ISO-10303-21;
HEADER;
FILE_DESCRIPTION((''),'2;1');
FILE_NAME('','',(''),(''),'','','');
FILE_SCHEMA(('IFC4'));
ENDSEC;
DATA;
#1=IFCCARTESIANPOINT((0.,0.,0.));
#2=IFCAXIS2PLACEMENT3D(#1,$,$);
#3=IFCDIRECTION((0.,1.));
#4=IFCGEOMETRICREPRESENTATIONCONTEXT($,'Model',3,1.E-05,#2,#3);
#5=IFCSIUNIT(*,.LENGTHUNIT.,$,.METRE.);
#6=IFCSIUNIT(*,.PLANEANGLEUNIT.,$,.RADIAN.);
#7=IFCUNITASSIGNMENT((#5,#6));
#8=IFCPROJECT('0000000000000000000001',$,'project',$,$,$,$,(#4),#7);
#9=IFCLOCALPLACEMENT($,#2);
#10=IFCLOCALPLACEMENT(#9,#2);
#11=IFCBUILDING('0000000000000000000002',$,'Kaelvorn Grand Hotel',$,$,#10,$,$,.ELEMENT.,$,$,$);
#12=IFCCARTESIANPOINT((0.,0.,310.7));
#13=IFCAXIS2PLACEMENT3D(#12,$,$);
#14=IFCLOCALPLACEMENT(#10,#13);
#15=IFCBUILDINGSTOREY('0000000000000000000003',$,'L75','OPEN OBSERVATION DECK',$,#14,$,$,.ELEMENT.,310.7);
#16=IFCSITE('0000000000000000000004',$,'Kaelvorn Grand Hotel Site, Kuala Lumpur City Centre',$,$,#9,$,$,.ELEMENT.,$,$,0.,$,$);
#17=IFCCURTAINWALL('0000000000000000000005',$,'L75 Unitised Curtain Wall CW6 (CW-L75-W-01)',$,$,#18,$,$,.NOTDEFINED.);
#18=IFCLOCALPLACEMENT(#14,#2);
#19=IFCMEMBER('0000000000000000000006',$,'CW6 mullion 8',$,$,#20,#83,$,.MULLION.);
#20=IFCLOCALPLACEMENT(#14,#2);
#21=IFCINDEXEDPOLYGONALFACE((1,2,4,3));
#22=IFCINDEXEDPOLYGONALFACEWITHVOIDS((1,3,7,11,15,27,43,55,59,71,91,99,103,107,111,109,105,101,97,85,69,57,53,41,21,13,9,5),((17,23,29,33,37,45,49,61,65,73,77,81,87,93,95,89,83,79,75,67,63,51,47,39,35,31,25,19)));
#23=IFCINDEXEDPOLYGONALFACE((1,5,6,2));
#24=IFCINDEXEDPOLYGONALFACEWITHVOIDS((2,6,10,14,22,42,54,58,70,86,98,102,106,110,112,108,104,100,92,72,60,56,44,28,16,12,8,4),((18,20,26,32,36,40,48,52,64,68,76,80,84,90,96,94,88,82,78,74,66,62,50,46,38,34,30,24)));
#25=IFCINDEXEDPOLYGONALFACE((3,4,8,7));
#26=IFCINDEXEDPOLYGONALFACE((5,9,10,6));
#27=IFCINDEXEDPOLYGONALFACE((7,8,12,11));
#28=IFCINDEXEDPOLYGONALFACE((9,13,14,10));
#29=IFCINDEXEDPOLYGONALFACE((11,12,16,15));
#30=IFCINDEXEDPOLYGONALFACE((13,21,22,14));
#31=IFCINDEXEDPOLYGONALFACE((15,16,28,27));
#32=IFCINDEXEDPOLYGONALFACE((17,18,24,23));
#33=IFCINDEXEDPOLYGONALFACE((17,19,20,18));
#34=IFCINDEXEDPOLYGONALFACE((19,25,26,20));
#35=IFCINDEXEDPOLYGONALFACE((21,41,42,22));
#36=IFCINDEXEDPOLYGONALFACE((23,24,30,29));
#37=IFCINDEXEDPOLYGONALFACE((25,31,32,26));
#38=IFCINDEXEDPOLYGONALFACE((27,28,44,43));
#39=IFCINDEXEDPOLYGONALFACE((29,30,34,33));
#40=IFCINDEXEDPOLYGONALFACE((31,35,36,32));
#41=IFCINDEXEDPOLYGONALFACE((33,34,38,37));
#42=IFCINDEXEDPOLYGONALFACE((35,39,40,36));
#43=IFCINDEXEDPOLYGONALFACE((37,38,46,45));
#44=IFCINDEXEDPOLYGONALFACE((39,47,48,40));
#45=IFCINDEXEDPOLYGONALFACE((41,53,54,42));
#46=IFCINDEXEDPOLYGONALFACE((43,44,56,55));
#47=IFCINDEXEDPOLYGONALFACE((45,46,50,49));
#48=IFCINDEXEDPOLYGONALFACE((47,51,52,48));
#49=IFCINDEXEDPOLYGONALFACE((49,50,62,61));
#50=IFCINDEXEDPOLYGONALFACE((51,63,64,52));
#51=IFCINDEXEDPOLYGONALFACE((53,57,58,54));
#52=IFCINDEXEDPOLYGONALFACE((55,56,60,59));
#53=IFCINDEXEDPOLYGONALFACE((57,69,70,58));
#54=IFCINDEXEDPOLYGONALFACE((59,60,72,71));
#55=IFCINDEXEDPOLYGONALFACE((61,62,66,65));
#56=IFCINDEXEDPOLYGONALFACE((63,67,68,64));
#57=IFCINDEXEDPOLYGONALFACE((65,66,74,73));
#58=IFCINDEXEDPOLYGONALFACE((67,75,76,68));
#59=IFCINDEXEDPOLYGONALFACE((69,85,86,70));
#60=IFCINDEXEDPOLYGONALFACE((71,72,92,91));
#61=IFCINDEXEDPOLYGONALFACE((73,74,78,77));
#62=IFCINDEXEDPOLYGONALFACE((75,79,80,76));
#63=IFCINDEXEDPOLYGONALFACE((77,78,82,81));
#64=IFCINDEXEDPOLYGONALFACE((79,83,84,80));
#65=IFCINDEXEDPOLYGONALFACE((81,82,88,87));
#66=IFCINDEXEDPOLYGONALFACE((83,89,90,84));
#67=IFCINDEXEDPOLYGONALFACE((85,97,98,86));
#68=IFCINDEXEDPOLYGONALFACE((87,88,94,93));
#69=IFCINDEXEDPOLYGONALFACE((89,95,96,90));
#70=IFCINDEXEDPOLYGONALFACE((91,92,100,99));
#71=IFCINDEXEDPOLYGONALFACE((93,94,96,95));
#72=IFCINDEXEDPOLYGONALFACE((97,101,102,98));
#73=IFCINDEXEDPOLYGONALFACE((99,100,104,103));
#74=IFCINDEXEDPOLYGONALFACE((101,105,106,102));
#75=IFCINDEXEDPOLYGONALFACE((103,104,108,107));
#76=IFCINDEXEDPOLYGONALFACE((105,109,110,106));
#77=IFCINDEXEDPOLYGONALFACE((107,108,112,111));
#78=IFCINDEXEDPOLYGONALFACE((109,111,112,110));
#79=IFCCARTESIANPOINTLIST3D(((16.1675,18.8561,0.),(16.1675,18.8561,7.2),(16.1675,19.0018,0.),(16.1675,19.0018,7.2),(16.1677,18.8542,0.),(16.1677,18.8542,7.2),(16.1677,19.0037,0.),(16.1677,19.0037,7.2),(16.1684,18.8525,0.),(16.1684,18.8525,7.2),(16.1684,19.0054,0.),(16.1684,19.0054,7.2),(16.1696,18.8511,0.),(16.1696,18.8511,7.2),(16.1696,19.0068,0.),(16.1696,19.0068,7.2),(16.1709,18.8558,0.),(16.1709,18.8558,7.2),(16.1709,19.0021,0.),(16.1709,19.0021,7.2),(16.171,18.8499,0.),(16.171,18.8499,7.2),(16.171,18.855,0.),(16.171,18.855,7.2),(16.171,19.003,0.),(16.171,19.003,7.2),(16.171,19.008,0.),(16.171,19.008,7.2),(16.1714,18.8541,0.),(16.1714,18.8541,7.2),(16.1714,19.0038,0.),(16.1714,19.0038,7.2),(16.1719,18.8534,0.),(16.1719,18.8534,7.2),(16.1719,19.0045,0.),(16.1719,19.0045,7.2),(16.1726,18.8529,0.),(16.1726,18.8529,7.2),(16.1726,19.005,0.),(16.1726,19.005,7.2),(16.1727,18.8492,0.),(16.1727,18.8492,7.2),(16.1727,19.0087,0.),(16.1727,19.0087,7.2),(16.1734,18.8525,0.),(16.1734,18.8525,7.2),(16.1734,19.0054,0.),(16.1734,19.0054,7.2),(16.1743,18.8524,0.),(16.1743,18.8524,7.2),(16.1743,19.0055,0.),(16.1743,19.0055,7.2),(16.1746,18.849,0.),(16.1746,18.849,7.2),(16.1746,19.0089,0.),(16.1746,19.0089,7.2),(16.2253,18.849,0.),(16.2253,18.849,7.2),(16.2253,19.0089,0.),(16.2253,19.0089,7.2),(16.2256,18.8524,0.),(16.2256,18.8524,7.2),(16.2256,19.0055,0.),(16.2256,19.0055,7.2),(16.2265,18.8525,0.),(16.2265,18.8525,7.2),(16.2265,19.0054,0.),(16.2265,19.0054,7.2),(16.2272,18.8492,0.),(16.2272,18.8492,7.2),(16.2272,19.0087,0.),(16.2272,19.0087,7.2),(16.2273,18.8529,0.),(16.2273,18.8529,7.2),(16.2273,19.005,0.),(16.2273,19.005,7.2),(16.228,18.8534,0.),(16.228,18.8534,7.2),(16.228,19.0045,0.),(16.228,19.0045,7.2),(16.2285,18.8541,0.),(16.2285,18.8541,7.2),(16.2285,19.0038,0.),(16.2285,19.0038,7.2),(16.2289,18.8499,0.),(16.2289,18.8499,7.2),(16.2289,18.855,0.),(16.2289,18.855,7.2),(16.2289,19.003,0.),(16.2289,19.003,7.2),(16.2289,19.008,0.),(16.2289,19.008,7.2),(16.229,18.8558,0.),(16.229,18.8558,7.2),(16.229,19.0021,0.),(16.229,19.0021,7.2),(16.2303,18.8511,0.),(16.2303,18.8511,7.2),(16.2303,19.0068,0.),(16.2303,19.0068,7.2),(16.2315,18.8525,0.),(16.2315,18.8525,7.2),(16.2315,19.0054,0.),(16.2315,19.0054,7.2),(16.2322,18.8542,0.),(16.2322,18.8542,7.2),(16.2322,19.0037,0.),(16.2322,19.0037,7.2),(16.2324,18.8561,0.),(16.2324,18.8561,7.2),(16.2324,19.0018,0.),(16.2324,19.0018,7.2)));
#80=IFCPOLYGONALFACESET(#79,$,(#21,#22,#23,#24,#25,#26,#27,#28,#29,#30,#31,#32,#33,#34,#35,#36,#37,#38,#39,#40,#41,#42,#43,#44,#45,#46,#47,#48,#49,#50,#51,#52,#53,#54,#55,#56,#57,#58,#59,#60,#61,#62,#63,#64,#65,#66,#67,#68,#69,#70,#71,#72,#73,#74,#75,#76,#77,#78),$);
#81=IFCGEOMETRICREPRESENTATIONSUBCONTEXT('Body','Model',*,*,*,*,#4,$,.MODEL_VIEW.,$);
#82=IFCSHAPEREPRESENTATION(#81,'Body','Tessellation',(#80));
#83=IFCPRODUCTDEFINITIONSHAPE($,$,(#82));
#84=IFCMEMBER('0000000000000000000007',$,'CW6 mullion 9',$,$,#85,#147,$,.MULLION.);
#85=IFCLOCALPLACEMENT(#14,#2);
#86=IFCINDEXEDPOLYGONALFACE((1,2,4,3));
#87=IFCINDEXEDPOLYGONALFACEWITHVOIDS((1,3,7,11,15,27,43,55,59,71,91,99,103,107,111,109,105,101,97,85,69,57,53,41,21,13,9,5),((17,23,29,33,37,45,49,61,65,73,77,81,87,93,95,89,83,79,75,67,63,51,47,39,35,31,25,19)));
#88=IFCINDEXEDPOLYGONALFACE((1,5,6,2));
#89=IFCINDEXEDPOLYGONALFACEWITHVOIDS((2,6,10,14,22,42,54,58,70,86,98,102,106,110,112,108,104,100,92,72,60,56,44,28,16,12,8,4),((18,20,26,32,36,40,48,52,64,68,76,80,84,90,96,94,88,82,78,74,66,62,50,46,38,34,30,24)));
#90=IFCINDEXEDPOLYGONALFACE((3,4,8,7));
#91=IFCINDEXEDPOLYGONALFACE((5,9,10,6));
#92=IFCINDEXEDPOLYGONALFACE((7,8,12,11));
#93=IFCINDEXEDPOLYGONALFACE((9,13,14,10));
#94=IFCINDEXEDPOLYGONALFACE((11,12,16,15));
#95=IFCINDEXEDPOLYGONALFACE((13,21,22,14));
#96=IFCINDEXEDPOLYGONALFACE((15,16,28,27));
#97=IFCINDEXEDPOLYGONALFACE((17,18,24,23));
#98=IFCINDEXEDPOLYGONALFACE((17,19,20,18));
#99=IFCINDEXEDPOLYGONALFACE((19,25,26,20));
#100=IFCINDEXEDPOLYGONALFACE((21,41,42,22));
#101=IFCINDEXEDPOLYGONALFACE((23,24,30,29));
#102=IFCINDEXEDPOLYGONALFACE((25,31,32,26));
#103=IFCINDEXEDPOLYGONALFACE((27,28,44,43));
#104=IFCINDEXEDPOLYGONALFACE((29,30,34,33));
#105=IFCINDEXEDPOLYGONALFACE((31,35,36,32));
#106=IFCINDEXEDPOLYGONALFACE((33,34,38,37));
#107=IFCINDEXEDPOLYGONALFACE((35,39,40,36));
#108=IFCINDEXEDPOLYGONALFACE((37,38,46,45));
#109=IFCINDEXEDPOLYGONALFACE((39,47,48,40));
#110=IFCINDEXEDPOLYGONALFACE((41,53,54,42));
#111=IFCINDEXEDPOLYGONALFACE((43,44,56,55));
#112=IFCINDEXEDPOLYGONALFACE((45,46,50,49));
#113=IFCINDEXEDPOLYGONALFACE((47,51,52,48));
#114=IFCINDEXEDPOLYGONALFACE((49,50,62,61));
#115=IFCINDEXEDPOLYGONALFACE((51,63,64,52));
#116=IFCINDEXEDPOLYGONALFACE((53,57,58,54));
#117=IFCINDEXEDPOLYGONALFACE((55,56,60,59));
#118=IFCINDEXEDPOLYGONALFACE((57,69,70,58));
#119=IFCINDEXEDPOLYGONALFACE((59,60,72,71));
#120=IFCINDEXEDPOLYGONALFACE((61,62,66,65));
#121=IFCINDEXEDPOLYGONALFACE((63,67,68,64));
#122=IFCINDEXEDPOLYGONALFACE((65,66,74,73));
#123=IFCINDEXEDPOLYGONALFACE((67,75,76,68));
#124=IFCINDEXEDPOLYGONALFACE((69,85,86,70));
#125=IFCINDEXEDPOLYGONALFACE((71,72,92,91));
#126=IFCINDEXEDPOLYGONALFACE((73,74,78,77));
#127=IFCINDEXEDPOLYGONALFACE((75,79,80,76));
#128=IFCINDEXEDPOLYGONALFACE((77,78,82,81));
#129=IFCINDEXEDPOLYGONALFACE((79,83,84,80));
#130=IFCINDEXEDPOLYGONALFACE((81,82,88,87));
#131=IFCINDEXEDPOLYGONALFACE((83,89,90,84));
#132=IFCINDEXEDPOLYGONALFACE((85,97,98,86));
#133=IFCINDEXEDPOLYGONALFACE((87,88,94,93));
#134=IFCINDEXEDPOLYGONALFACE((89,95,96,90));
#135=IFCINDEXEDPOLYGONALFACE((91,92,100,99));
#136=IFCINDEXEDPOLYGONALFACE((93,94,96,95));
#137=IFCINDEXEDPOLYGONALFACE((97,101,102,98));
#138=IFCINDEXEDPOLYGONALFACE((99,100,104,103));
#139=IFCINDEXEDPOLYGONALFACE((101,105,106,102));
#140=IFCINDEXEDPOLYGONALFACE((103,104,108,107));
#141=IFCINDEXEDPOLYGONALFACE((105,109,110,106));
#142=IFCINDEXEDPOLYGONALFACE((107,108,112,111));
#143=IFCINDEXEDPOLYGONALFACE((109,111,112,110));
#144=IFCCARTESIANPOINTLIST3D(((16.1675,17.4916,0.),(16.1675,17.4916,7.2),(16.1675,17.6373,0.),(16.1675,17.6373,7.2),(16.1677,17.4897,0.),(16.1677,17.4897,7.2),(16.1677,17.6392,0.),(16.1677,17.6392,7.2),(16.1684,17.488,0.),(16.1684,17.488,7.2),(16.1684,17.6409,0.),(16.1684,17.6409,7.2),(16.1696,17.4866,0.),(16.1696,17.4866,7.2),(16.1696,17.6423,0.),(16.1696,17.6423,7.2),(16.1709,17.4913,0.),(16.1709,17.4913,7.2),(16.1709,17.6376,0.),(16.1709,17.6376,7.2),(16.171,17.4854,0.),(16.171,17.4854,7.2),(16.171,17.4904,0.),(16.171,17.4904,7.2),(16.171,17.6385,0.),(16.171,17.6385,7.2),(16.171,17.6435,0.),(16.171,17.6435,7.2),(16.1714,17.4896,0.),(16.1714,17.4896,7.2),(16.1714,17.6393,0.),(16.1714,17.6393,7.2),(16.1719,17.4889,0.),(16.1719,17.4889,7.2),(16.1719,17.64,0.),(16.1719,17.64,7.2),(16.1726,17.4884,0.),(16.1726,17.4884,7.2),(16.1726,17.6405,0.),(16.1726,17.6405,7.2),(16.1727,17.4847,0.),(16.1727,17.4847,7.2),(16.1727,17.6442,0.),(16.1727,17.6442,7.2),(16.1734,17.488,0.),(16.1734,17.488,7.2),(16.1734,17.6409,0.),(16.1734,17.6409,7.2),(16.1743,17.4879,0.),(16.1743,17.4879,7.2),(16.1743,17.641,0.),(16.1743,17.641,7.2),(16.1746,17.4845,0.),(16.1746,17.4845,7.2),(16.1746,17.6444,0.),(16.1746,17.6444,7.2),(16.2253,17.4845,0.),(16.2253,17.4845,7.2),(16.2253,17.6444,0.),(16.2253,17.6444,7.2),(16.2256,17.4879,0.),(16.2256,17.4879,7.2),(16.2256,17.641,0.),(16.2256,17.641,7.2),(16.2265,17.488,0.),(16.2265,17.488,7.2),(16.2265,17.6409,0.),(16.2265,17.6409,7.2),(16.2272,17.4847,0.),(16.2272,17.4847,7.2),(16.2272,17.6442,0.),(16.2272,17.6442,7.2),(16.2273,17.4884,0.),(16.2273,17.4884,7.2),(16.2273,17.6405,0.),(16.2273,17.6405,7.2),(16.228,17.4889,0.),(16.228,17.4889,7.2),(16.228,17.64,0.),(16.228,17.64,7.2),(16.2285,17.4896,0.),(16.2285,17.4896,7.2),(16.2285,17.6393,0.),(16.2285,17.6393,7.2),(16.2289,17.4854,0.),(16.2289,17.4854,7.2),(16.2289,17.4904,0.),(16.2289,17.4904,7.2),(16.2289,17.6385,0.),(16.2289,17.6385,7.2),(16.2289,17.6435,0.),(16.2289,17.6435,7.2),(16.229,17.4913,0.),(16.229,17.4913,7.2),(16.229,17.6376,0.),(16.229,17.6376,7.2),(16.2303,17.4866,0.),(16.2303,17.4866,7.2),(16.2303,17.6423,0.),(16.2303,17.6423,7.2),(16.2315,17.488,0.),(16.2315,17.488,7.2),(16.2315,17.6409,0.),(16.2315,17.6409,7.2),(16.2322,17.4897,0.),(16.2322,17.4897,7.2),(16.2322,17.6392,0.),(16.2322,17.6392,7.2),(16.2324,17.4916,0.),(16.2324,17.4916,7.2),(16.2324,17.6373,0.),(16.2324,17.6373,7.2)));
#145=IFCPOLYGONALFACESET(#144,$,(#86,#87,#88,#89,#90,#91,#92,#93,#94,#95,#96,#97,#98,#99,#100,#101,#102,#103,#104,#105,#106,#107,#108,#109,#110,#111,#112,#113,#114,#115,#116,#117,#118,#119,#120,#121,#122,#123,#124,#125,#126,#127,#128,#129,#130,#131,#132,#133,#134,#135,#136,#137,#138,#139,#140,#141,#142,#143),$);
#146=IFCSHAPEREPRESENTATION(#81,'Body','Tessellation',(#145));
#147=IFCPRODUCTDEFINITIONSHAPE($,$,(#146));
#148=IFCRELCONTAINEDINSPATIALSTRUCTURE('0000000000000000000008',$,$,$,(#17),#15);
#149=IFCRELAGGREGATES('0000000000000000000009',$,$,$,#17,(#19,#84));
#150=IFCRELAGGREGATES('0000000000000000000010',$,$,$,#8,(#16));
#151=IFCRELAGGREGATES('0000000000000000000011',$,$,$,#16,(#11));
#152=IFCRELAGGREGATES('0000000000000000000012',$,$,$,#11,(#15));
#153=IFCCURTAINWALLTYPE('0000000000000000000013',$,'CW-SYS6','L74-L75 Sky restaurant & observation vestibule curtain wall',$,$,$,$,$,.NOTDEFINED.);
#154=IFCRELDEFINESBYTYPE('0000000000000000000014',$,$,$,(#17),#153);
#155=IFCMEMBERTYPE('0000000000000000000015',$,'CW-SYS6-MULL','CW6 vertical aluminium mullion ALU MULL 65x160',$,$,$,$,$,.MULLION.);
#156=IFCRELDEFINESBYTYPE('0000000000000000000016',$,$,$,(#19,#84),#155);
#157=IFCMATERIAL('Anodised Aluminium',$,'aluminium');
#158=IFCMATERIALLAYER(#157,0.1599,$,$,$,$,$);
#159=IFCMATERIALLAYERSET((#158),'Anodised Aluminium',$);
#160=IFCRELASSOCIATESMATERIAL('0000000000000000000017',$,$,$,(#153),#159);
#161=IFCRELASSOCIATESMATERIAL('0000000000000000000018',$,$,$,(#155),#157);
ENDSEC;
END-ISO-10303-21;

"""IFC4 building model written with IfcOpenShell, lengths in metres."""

from ifc_helpers import new_model, si_unit, direction, frame, origin, origin_2d, place, context, subcontext, project, spatial, hollow_rectangle, extrude, material, layer, layer_set, material_profile, profile_set, type_object, element, aggregate, save


model = new_model("IFC4")

# Units and contexts
model_context = context("Model", 3, precision=1e-05, world=origin(), true_north=direction((0.0, 1.0)))
body_context = subcontext(model_context, "Body", "Model", "MODEL_VIEW")
ifc_project = project(units=[si_unit("LENGTHUNIT", "METRE"), si_unit("PLANEANGLEUNIT", "RADIAN")], contexts=[model_context])

# Site, building, storey
site_placement = place(None, origin())
site = spatial("IfcSite", under=ifc_project, at=site_placement, Name="Kaelvorn Grand Hotel Site, Kuala Lumpur City Centre", CompositionType="ELEMENT", RefElevation=0.0)
building_placement = place(site_placement, origin())
building = spatial("IfcBuilding", under=site, at=building_placement, Name="Kaelvorn Grand Hotel", CompositionType="ELEMENT")
storey_placement = place(building_placement, frame((0.0, 0.0, 310.7)))
storey = spatial("IfcBuildingStorey", under=building, at=storey_placement, Name="L75", Description="OPEN OBSERVATION DECK", CompositionType="ELEMENT", Elevation=310.7)

# Curtain wall, members
ifc_material_1 = material(Name="Anodised Aluminium", Category="aluminium")
ifc_layer_1 = layer(ifc_material_1, 0.1599)
ifc_layer_set_1 = layer_set([ifc_layer_1], Name="Anodised Aluminium")
curtain_wall_type = type_object("IfcCurtainWallType", Name="CW-SYS6", Description="L74-L75 Sky restaurant & observation vestibule curtain wall", PredefinedType="NOTDEFINED", material=ifc_layer_set_1)
ifc_material_profile_1 = material_profile(ifc_material_1, hollow_rectangle(XDim=0.0649, YDim=0.1599, WallThickness=0.0034, InnerFilletRadius=0.0034, OuterFilletRadius=0.0071, at=origin_2d()), Name="ALU MULL 65x160")
ifc_profile_set_1 = profile_set([ifc_material_profile_1], Name="Anodised Aluminium")
member_type_1 = type_object("IfcMemberType", Name="CW-SYS6-MULL", Description="CW6 vertical aluminium mullion ALU MULL 65x160", PredefinedType="MULLION", material=ifc_profile_set_1)
curtain_wall_1_placement = place(storey_placement, origin())
curtain_wall_1 = element("IfcCurtainWall", 1, at=curtain_wall_1_placement, inside=storey, type_object=curtain_wall_type, Name="L75 Unitised Curtain Wall CW6 (CW-L75-W-01)", PredefinedType="NOTDEFINED")
member_1_placement = place(storey_placement, frame((16.2, 18.929, 0.0), z_axis=(0.0, 0.0, 1.0), x_axis=(1.0, 0.0, 0.0)))
member_1 = element("IfcMember", 2, at=member_1_placement, type_object=member_type_1, Name="CW6 mullion 8", PredefinedType="MULLION", context=body_context, shape_type="SweptSolid", body=[
    extrude(hollow_rectangle(XDim=0.0649, YDim=0.1599, WallThickness=0.0034, InnerFilletRadius=0.0034, OuterFilletRadius=0.0071, at=origin_2d()), origin(), (0.0, 0.0, 1.0), 7.2),
])
member_2_placement = place(storey_placement, frame((16.2, 17.5645, 0.0), z_axis=(0.0, 0.0, 1.0), x_axis=(1.0, 0.0, 0.0)))
member_2 = element("IfcMember", 3, at=member_2_placement, type_object=member_type_1, Name="CW6 mullion 9", PredefinedType="MULLION", context=body_context, shape_type="SweptSolid", body=[
    extrude(hollow_rectangle(XDim=0.0649, YDim=0.1599, WallThickness=0.0034, InnerFilletRadius=0.0034, OuterFilletRadius=0.0071, at=origin_2d()), origin(), (0.0, 0.0, 1.0), 7.2),
])

aggregate(curtain_wall_1, [member_1, member_2])

save(model, "model.ifc")
